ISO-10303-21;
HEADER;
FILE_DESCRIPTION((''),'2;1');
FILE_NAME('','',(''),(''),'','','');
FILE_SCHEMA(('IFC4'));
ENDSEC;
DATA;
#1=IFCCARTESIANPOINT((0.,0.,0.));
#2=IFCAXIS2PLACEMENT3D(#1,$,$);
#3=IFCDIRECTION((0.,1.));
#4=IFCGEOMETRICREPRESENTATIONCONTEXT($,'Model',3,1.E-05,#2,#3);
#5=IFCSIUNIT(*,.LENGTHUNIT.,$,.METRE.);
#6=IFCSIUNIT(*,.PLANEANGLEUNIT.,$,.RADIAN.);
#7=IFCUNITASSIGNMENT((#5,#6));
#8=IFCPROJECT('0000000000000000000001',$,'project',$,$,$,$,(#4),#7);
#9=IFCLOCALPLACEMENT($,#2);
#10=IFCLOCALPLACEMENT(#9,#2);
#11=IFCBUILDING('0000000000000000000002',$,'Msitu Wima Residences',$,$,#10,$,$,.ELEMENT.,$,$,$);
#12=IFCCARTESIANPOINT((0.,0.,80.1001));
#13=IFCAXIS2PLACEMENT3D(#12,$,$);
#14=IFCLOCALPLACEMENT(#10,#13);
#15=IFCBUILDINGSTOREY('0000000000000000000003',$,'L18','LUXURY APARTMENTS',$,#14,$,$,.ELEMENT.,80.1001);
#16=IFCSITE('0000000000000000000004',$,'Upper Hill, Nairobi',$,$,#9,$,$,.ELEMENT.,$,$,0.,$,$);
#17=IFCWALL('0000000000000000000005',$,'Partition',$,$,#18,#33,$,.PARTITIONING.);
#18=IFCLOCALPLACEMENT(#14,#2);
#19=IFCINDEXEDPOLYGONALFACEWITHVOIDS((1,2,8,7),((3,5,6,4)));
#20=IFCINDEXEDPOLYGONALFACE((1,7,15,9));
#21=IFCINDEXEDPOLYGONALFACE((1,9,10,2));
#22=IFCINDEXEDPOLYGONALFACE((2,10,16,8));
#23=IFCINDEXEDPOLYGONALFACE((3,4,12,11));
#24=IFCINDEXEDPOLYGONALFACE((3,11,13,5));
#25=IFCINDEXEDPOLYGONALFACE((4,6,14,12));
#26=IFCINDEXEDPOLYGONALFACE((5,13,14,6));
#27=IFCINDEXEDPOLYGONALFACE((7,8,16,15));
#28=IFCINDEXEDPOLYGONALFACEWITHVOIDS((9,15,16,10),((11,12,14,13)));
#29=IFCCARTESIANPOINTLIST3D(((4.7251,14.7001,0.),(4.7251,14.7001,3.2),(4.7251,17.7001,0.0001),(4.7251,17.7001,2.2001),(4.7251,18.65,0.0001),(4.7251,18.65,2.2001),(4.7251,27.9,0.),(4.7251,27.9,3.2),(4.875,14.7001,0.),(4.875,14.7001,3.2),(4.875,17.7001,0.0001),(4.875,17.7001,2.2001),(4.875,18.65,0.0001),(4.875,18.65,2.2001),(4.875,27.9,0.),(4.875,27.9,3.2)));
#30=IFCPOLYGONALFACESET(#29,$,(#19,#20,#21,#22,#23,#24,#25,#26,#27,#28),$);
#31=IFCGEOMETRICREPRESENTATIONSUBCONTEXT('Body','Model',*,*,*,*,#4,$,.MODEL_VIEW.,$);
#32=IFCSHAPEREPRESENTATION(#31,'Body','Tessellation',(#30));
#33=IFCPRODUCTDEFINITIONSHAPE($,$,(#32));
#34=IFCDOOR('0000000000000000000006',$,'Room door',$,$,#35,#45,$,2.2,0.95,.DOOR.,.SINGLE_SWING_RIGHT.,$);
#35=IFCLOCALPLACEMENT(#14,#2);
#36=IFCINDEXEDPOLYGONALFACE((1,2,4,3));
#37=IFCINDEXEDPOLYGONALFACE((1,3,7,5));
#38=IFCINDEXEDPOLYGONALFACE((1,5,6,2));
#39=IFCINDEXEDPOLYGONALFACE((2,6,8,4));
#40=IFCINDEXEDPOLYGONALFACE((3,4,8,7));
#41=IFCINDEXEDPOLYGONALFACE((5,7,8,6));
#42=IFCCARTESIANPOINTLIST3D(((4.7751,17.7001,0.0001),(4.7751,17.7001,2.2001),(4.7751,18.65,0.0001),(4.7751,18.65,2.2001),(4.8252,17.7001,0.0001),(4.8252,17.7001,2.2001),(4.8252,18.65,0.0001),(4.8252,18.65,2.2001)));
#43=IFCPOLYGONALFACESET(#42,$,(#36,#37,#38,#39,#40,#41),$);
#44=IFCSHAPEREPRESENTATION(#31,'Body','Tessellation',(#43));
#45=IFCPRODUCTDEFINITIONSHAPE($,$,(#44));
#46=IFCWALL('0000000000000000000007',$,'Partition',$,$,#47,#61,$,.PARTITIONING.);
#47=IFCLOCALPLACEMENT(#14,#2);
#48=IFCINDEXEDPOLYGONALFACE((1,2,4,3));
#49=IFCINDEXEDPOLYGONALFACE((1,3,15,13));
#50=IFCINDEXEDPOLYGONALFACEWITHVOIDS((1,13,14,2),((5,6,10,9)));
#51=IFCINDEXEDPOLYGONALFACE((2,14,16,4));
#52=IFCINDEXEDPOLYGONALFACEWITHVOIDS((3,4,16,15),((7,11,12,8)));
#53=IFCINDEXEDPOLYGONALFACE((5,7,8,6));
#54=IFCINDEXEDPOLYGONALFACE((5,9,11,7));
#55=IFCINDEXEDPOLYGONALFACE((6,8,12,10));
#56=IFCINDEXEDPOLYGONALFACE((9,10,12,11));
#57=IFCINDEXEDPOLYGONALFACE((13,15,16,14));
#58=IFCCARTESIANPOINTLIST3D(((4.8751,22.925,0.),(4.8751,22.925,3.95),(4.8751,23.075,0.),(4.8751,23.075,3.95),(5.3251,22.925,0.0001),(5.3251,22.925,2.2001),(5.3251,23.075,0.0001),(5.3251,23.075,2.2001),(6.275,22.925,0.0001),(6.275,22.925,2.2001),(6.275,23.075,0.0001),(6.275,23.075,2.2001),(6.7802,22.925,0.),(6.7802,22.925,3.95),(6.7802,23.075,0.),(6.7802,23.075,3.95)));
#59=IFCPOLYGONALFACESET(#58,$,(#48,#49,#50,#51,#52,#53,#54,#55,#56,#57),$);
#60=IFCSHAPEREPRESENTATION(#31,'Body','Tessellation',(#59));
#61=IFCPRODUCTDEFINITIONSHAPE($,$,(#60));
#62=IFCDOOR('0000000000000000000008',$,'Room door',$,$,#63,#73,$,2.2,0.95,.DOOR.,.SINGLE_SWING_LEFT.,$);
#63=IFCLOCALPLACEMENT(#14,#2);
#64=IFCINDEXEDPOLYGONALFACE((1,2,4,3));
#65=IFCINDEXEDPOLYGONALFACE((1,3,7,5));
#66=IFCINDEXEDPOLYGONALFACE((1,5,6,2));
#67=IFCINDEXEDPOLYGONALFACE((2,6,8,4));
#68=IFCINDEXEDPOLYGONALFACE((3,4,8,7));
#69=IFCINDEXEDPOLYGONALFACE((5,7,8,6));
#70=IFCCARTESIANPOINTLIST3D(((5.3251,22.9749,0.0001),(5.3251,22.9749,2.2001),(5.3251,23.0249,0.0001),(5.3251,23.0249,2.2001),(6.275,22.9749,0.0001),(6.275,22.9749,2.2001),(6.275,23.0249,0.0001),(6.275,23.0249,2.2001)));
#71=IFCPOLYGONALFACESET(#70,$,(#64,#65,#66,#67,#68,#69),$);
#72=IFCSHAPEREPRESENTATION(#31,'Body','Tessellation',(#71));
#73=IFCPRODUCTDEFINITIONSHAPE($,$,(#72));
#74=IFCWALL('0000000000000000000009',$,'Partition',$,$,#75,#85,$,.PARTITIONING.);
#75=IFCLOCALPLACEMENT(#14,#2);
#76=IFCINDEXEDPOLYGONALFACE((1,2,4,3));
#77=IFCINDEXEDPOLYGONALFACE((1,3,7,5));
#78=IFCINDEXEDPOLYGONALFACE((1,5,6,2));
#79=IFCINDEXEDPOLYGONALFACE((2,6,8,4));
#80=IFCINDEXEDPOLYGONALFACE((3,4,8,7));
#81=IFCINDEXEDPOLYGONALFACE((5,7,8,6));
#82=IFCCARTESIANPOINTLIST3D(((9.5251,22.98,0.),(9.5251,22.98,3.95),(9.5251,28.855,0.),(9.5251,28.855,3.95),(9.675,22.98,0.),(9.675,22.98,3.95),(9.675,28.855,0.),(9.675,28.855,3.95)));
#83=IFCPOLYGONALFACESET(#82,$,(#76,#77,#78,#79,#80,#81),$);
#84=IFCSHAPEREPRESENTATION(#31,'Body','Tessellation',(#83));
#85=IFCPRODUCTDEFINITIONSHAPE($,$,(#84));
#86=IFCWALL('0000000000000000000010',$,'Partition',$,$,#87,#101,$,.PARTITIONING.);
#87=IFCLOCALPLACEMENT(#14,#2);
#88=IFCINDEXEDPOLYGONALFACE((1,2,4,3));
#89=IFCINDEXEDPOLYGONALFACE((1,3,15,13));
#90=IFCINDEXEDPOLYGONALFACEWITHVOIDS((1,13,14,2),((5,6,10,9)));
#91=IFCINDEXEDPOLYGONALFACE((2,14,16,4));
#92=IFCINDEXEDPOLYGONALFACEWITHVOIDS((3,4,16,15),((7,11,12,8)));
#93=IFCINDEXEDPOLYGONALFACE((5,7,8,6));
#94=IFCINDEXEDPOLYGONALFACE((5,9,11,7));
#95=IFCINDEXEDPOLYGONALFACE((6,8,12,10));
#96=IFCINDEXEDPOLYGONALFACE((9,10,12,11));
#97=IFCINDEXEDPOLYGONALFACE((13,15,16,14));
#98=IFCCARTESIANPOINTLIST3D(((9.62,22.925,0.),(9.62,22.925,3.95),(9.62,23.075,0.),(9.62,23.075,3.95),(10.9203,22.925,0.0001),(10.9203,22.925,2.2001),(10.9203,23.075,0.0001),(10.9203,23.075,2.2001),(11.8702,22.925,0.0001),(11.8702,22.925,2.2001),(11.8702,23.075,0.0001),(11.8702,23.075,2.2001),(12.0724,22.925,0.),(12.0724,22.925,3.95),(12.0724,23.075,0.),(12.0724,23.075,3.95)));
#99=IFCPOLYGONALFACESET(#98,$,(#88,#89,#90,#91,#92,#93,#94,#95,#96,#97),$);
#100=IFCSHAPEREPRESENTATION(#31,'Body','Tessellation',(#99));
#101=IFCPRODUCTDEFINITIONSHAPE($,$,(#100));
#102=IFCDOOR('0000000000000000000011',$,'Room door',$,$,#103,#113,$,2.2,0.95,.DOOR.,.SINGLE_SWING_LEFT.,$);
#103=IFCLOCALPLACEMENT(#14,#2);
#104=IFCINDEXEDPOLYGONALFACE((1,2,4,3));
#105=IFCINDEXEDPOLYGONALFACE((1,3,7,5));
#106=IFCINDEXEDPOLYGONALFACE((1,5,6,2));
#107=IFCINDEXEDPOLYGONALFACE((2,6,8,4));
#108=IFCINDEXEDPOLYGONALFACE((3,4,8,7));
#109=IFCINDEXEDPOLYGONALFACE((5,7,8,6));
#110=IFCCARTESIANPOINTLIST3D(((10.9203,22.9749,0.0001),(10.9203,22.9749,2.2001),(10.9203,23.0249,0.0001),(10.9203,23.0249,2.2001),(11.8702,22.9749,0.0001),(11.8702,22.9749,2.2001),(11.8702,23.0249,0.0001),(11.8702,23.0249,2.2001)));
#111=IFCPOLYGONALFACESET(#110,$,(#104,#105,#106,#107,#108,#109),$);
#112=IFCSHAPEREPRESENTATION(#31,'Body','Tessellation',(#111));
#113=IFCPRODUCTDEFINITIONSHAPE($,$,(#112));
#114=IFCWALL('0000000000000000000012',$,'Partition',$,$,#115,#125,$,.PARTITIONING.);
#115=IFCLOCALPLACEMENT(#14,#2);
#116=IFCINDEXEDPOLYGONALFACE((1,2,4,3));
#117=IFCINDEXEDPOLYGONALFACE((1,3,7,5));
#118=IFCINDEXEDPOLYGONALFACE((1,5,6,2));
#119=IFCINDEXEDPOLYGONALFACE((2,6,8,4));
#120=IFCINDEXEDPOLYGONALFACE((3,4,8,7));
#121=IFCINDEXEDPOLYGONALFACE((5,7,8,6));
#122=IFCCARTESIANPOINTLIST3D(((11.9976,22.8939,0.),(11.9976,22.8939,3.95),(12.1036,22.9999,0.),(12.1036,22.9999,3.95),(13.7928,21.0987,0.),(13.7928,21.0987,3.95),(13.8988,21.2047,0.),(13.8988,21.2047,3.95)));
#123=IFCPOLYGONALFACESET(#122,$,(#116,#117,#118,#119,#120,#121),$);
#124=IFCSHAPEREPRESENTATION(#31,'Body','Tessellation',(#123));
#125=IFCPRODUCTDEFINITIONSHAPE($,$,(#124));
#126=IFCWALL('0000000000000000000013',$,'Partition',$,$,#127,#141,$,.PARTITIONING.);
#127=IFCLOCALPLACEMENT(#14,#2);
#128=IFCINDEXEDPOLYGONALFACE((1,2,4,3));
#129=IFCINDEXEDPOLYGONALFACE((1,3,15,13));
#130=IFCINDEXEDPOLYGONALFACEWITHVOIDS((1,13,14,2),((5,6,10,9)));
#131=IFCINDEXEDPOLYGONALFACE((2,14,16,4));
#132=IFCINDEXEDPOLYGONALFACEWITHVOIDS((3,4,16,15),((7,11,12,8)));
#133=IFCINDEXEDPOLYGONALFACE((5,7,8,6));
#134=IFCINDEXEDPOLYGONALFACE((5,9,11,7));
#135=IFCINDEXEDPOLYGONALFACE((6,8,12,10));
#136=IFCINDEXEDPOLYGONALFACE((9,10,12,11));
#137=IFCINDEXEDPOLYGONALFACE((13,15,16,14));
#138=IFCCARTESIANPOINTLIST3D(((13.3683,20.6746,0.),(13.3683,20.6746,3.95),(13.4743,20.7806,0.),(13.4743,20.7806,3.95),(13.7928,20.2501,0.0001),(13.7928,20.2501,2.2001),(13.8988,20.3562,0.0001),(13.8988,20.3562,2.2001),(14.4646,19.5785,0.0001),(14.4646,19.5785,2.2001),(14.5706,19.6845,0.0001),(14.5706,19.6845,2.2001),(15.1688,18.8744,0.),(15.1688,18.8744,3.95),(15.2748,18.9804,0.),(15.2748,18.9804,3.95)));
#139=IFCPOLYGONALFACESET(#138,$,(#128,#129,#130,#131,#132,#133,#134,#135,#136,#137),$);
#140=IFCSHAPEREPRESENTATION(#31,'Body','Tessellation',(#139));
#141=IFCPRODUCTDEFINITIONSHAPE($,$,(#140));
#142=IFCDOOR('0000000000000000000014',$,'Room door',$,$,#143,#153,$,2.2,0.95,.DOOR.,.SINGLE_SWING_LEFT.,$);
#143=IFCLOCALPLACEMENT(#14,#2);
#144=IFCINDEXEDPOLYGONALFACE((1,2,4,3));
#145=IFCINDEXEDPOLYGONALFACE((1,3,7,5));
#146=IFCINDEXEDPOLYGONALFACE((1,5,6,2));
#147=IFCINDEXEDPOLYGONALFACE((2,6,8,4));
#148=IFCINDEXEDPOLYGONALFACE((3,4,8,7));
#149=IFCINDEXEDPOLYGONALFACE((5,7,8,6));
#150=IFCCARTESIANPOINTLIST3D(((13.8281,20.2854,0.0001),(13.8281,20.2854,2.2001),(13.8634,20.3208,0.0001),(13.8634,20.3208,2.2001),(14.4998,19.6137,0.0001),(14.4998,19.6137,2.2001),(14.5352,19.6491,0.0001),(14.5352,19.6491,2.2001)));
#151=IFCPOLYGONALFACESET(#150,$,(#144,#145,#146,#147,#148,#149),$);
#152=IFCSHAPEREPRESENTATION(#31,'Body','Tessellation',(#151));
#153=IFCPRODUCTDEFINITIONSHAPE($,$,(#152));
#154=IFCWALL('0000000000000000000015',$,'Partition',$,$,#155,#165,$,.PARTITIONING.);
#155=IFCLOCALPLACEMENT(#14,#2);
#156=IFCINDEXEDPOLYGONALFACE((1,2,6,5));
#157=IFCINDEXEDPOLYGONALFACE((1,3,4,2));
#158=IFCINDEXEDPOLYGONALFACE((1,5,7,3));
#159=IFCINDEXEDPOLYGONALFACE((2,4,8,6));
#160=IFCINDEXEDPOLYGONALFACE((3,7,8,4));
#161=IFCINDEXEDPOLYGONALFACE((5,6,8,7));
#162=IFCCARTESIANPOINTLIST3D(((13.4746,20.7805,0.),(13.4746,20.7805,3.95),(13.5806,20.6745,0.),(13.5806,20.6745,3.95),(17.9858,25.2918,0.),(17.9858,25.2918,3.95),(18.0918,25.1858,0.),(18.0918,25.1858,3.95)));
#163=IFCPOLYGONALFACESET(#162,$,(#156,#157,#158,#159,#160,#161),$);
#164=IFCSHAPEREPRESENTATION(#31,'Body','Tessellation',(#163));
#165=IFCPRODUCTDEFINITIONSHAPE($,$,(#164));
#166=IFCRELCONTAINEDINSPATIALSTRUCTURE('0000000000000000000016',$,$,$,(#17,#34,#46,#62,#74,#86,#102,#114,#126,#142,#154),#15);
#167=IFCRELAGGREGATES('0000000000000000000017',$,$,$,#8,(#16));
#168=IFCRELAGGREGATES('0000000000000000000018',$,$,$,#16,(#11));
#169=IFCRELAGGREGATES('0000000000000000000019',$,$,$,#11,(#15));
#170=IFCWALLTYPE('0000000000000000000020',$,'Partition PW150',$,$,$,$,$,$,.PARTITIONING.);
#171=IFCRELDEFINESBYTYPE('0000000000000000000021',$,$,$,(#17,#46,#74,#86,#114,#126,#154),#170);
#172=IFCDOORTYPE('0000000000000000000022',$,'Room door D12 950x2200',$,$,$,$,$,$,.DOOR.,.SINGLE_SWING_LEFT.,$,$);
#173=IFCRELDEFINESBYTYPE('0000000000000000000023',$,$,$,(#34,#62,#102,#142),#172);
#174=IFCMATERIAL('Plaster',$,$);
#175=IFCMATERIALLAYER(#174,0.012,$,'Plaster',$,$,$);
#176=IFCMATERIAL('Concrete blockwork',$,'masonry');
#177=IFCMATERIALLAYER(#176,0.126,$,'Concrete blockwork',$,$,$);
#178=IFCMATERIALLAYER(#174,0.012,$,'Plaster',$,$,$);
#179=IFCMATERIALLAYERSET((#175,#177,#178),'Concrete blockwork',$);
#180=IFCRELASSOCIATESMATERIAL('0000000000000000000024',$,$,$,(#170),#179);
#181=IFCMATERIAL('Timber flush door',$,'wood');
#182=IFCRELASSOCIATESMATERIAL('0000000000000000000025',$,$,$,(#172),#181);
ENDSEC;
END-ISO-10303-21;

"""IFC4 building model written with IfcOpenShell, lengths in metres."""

from ifc_helpers import new_model, si_unit, direction, frame, frame_2d, origin, place, context, subcontext, project, spatial, rectangle, extrude, material, layer, layer_set, type_object, element, fill, save


model = new_model("IFC4")

# Units and contexts
model_context = context("Model", 3, precision=1e-05, world=origin(), true_north=direction((0.0, 1.0)))
body_context = subcontext(model_context, "Body", "Model", "MODEL_VIEW")
ifc_project = project(units=[si_unit("LENGTHUNIT", "METRE"), si_unit("PLANEANGLEUNIT", "RADIAN")], contexts=[model_context])

# Site, building, storey
site_placement = place(None, origin())
site = spatial("IfcSite", under=ifc_project, at=site_placement, Name="Upper Hill, Nairobi", CompositionType="ELEMENT", RefElevation=0.0)
building_placement = place(site_placement, origin())
building = spatial("IfcBuilding", under=site, at=building_placement, Name="Msitu Wima Residences", CompositionType="ELEMENT")
storey_placement = place(building_placement, frame((0.0, 0.0, 80.1001)))
storey = spatial("IfcBuildingStorey", under=building, at=storey_placement, Name="L18", Description="LUXURY APARTMENTS", CompositionType="ELEMENT", Elevation=80.1001)

# Walls, openings, doors
ifc_material_1 = material(Name="Plaster")
ifc_layer_1 = layer(ifc_material_1, 0.012, Name="Plaster")
ifc_material_2 = material(Name="Concrete blockwork", Category="masonry")
ifc_layer_2 = layer(ifc_material_2, 0.126, Name="Concrete blockwork")
ifc_layer_3 = layer(ifc_material_1, 0.012, Name="Plaster")
ifc_layer_set_1 = layer_set([ifc_layer_1, ifc_layer_2, ifc_layer_3], Name="Concrete blockwork")
wall_type_1 = type_object("IfcWallType", Name="Partition PW150", PredefinedType="PARTITIONING", material=ifc_layer_set_1)
wall_1_placement = place(storey_placement, frame((4.8, 14.7, 0.0), z_axis=(0.0, 0.0, 1.0), x_axis=(0.0, 1.0, 0.0)))
wall_1 = element("IfcWall", 1, at=wall_1_placement, inside=storey, type_object=wall_type_1, Name="Partition", PredefinedType="PARTITIONING", context=body_context, shape_type="SweptSolid", body=[
    extrude(rectangle(XDim=13.2, YDim=0.1499, at=frame_2d((6.6001, 0.0))), origin(), (0.0, 0.0, 1.0), 3.2),
])
opening_1_placement = place(wall_1_placement, frame((3.0, 0.0, 0.0)))
opening_1 = element("IfcOpeningElement", 2, at=opening_1_placement, cuts=wall_1, PredefinedType="OPENING", context=body_context, shape_type="SweptSolid", body=[
    extrude(rectangle(XDim=0.95, YDim=2.2, at=frame_2d((0.4751, 1.1001))), frame((0.0, 0.085, 0.0), z_axis=(0.0, -1.0, 0.0), x_axis=(1.0, 0.0, 0.0)), (0.0, 0.0, 1.0), 0.1699),
])
ifc_material_3 = material(Name="Timber flush door", Category="wood")
door_type_1 = type_object("IfcDoorType", Name="Room door D12 950x2200", OperationType="SINGLE_SWING_LEFT", PredefinedType="DOOR", material=ifc_material_3)
door_1_placement = place(opening_1_placement, origin())
door_1 = element("IfcDoor", 3, at=door_1_placement, inside=storey, type_object=door_type_1, Name="Room door", OperationType="SINGLE_SWING_RIGHT", OverallHeight=2.2, OverallWidth=0.95, PredefinedType="DOOR", context=body_context, shape_type="SweptSolid", body=[
    extrude(rectangle(XDim=0.95, YDim=2.2, at=frame_2d((0.4751, 1.1001))), frame((0.0, 0.0249, 0.0), z_axis=(0.0, -1.0, 0.0), x_axis=(1.0, 0.0, 0.0)), (0.0, 0.0, 1.0), 0.05),
])
fill(opening_1, door_1)
wall_2_placement = place(storey_placement, frame((4.875, 23.0, 0.0), z_axis=(0.0, 0.0, 1.0), x_axis=(1.0, 0.0, 0.0)))
wall_2 = element("IfcWall", 4, at=wall_2_placement, inside=storey, type_object=wall_type_1, Name="Partition", PredefinedType="PARTITIONING", context=body_context, shape_type="SweptSolid", body=[
    extrude(rectangle(XDim=1.905, YDim=0.1499, at=frame_2d((0.9526, 0.0))), origin(), (0.0, 0.0, 1.0), 3.95),
])
opening_2_placement = place(wall_2_placement, frame((0.45, 0.0, 0.0)))
opening_2 = element("IfcOpeningElement", 5, at=opening_2_placement, cuts=wall_2, PredefinedType="OPENING", context=body_context, shape_type="SweptSolid", body=[
    extrude(rectangle(XDim=0.95, YDim=2.2, at=frame_2d((0.4751, 1.1001))), frame((0.0, 0.085, 0.0), z_axis=(0.0, -1.0, 0.0), x_axis=(1.0, 0.0, 0.0)), (0.0, 0.0, 1.0), 0.1699),
])
door_2_placement = place(opening_2_placement, origin())
door_2 = element("IfcDoor", 6, at=door_2_placement, inside=storey, type_object=door_type_1, Name="Room door", OperationType="SINGLE_SWING_LEFT", OverallHeight=2.2, OverallWidth=0.95, PredefinedType="DOOR", context=body_context, shape_type="SweptSolid", body=[
    extrude(rectangle(XDim=0.95, YDim=2.2, at=frame_2d((0.4751, 1.1001))), frame((0.0, 0.0249, 0.0), z_axis=(0.0, -1.0, 0.0), x_axis=(1.0, 0.0, 0.0)), (0.0, 0.0, 1.0), 0.05),
])
fill(opening_2, door_2)

# Wall
wall_3_placement = place(storey_placement, frame((9.6001, 22.98, 0.0), z_axis=(0.0, 0.0, 1.0), x_axis=(0.0, 1.0, 0.0)))
element("IfcWall", 7, at=wall_3_placement, inside=storey, type_object=wall_type_1, Name="Partition", PredefinedType="PARTITIONING", context=body_context, shape_type="SweptSolid", body=[
    extrude(rectangle(XDim=5.875, YDim=0.1499, at=frame_2d((2.9375, 0.0))), origin(), (0.0, 0.0, 1.0), 3.95),
])

# Wall, opening, door
wall_4_placement = place(storey_placement, frame((9.6201, 23.0, 0.0), z_axis=(0.0, 0.0, 1.0), x_axis=(1.0, 0.0, 0.0)))
wall_4 = element("IfcWall", 8, at=wall_4_placement, inside=storey, type_object=wall_type_1, Name="Partition", PredefinedType="PARTITIONING", context=body_context, shape_type="SweptSolid", body=[
    extrude(rectangle(XDim=2.4524, YDim=0.1499, at=frame_2d((1.2261, 0.0))), origin(), (0.0, 0.0, 1.0), 3.95),
])
opening_3_placement = place(wall_4_placement, frame((1.3, 0.0, 0.0)))
opening_3 = element("IfcOpeningElement", 9, at=opening_3_placement, cuts=wall_4, PredefinedType="OPENING", context=body_context, shape_type="SweptSolid", body=[
    extrude(rectangle(XDim=0.95, YDim=2.2, at=frame_2d((0.4751, 1.1001))), frame((0.0, 0.085, 0.0), z_axis=(0.0, -1.0, 0.0), x_axis=(1.0, 0.0, 0.0)), (0.0, 0.0, 1.0), 0.1699),
])
door_3_placement = place(opening_3_placement, origin())
door_3 = element("IfcDoor", 10, at=door_3_placement, inside=storey, type_object=door_type_1, Name="Room door", OperationType="SINGLE_SWING_LEFT", OverallHeight=2.2, OverallWidth=0.95, PredefinedType="DOOR", context=body_context, shape_type="SweptSolid", body=[
    extrude(rectangle(XDim=0.95, YDim=2.2, at=frame_2d((0.4751, 1.1001))), frame((0.0, 0.0249, 0.0), z_axis=(0.0, -1.0, 0.0), x_axis=(1.0, 0.0, 0.0)), (0.0, 0.0, 1.0), 0.05),
])
fill(opening_3, door_3)

# Wall
wall_5_placement = place(storey_placement, frame((12.0505, 22.947, 0.0), z_axis=(0.0, 0.0, 1.0), x_axis=(0.707107, -0.707107, 0.0)))
element("IfcWall", 11, at=wall_5_placement, inside=storey, type_object=wall_type_1, Name="Partition", PredefinedType="PARTITIONING", context=body_context, shape_type="SweptSolid", body=[
    extrude(rectangle(XDim=2.5388, YDim=0.1499, at=frame_2d((1.2695, 0.0))), origin(), (0.0, 0.0, 1.0), 3.95),
])

# Wall, opening, door
wall_6_placement = place(storey_placement, frame((13.4214, 20.7275, 0.0), z_axis=(0.0, 0.0, 1.0), x_axis=(0.707155, -0.707059, 0.0)))
wall_6 = element("IfcWall", 12, at=wall_6_placement, inside=storey, type_object=wall_type_1, Name="Partition", PredefinedType="PARTITIONING", context=body_context, shape_type="SweptSolid", body=[
    extrude(rectangle(XDim=2.5461, YDim=0.1499, at=frame_2d((1.2729, 0.0))), origin(), (0.0, 0.0, 1.0), 3.95),
])
opening_4_placement = place(wall_6_placement, frame((0.6001, 0.0, 0.0)))
opening_4 = element("IfcOpeningElement", 13, at=opening_4_placement, cuts=wall_6, PredefinedType="OPENING", context=body_context, shape_type="SweptSolid", body=[
    extrude(rectangle(XDim=0.95, YDim=2.2, at=frame_2d((0.4751, 1.1001))), frame((0.0, 0.085, 0.0), z_axis=(0.0, -1.0, 0.0), x_axis=(1.0, 0.0, 0.0)), (0.0, 0.0, 1.0), 0.1699),
])
door_4_placement = place(opening_4_placement, origin())
door_4 = element("IfcDoor", 14, at=door_4_placement, inside=storey, type_object=door_type_1, Name="Room door", OperationType="SINGLE_SWING_LEFT", OverallHeight=2.2, OverallWidth=0.95, PredefinedType="DOOR", context=body_context, shape_type="SweptSolid", body=[
    extrude(rectangle(XDim=0.95, YDim=2.2, at=frame_2d((0.4751, 1.1001))), frame((0.0, 0.0249, 0.0), z_axis=(0.0, -1.0, 0.0), x_axis=(1.0, 0.0, 0.0)), (0.0, 0.0, 1.0), 0.05),
])
fill(opening_4, door_4)

# Wall
wall_7_placement = place(storey_placement, frame((13.5276, 20.7275, 0.0), z_axis=(0.0, 0.0, 1.0), x_axis=(0.707107, 0.707107, 0.0)))
element("IfcWall", 15, at=wall_7_placement, inside=storey, type_object=wall_type_1, Name="Partition", PredefinedType="PARTITIONING", context=body_context, shape_type="SweptSolid", body=[
    extrude(rectangle(XDim=6.3799, YDim=0.1499, at=frame_2d((3.1899, 0.0))), origin(), (0.0, 0.0, 1.0), 3.95),
])

save(model, "model.ifc")
